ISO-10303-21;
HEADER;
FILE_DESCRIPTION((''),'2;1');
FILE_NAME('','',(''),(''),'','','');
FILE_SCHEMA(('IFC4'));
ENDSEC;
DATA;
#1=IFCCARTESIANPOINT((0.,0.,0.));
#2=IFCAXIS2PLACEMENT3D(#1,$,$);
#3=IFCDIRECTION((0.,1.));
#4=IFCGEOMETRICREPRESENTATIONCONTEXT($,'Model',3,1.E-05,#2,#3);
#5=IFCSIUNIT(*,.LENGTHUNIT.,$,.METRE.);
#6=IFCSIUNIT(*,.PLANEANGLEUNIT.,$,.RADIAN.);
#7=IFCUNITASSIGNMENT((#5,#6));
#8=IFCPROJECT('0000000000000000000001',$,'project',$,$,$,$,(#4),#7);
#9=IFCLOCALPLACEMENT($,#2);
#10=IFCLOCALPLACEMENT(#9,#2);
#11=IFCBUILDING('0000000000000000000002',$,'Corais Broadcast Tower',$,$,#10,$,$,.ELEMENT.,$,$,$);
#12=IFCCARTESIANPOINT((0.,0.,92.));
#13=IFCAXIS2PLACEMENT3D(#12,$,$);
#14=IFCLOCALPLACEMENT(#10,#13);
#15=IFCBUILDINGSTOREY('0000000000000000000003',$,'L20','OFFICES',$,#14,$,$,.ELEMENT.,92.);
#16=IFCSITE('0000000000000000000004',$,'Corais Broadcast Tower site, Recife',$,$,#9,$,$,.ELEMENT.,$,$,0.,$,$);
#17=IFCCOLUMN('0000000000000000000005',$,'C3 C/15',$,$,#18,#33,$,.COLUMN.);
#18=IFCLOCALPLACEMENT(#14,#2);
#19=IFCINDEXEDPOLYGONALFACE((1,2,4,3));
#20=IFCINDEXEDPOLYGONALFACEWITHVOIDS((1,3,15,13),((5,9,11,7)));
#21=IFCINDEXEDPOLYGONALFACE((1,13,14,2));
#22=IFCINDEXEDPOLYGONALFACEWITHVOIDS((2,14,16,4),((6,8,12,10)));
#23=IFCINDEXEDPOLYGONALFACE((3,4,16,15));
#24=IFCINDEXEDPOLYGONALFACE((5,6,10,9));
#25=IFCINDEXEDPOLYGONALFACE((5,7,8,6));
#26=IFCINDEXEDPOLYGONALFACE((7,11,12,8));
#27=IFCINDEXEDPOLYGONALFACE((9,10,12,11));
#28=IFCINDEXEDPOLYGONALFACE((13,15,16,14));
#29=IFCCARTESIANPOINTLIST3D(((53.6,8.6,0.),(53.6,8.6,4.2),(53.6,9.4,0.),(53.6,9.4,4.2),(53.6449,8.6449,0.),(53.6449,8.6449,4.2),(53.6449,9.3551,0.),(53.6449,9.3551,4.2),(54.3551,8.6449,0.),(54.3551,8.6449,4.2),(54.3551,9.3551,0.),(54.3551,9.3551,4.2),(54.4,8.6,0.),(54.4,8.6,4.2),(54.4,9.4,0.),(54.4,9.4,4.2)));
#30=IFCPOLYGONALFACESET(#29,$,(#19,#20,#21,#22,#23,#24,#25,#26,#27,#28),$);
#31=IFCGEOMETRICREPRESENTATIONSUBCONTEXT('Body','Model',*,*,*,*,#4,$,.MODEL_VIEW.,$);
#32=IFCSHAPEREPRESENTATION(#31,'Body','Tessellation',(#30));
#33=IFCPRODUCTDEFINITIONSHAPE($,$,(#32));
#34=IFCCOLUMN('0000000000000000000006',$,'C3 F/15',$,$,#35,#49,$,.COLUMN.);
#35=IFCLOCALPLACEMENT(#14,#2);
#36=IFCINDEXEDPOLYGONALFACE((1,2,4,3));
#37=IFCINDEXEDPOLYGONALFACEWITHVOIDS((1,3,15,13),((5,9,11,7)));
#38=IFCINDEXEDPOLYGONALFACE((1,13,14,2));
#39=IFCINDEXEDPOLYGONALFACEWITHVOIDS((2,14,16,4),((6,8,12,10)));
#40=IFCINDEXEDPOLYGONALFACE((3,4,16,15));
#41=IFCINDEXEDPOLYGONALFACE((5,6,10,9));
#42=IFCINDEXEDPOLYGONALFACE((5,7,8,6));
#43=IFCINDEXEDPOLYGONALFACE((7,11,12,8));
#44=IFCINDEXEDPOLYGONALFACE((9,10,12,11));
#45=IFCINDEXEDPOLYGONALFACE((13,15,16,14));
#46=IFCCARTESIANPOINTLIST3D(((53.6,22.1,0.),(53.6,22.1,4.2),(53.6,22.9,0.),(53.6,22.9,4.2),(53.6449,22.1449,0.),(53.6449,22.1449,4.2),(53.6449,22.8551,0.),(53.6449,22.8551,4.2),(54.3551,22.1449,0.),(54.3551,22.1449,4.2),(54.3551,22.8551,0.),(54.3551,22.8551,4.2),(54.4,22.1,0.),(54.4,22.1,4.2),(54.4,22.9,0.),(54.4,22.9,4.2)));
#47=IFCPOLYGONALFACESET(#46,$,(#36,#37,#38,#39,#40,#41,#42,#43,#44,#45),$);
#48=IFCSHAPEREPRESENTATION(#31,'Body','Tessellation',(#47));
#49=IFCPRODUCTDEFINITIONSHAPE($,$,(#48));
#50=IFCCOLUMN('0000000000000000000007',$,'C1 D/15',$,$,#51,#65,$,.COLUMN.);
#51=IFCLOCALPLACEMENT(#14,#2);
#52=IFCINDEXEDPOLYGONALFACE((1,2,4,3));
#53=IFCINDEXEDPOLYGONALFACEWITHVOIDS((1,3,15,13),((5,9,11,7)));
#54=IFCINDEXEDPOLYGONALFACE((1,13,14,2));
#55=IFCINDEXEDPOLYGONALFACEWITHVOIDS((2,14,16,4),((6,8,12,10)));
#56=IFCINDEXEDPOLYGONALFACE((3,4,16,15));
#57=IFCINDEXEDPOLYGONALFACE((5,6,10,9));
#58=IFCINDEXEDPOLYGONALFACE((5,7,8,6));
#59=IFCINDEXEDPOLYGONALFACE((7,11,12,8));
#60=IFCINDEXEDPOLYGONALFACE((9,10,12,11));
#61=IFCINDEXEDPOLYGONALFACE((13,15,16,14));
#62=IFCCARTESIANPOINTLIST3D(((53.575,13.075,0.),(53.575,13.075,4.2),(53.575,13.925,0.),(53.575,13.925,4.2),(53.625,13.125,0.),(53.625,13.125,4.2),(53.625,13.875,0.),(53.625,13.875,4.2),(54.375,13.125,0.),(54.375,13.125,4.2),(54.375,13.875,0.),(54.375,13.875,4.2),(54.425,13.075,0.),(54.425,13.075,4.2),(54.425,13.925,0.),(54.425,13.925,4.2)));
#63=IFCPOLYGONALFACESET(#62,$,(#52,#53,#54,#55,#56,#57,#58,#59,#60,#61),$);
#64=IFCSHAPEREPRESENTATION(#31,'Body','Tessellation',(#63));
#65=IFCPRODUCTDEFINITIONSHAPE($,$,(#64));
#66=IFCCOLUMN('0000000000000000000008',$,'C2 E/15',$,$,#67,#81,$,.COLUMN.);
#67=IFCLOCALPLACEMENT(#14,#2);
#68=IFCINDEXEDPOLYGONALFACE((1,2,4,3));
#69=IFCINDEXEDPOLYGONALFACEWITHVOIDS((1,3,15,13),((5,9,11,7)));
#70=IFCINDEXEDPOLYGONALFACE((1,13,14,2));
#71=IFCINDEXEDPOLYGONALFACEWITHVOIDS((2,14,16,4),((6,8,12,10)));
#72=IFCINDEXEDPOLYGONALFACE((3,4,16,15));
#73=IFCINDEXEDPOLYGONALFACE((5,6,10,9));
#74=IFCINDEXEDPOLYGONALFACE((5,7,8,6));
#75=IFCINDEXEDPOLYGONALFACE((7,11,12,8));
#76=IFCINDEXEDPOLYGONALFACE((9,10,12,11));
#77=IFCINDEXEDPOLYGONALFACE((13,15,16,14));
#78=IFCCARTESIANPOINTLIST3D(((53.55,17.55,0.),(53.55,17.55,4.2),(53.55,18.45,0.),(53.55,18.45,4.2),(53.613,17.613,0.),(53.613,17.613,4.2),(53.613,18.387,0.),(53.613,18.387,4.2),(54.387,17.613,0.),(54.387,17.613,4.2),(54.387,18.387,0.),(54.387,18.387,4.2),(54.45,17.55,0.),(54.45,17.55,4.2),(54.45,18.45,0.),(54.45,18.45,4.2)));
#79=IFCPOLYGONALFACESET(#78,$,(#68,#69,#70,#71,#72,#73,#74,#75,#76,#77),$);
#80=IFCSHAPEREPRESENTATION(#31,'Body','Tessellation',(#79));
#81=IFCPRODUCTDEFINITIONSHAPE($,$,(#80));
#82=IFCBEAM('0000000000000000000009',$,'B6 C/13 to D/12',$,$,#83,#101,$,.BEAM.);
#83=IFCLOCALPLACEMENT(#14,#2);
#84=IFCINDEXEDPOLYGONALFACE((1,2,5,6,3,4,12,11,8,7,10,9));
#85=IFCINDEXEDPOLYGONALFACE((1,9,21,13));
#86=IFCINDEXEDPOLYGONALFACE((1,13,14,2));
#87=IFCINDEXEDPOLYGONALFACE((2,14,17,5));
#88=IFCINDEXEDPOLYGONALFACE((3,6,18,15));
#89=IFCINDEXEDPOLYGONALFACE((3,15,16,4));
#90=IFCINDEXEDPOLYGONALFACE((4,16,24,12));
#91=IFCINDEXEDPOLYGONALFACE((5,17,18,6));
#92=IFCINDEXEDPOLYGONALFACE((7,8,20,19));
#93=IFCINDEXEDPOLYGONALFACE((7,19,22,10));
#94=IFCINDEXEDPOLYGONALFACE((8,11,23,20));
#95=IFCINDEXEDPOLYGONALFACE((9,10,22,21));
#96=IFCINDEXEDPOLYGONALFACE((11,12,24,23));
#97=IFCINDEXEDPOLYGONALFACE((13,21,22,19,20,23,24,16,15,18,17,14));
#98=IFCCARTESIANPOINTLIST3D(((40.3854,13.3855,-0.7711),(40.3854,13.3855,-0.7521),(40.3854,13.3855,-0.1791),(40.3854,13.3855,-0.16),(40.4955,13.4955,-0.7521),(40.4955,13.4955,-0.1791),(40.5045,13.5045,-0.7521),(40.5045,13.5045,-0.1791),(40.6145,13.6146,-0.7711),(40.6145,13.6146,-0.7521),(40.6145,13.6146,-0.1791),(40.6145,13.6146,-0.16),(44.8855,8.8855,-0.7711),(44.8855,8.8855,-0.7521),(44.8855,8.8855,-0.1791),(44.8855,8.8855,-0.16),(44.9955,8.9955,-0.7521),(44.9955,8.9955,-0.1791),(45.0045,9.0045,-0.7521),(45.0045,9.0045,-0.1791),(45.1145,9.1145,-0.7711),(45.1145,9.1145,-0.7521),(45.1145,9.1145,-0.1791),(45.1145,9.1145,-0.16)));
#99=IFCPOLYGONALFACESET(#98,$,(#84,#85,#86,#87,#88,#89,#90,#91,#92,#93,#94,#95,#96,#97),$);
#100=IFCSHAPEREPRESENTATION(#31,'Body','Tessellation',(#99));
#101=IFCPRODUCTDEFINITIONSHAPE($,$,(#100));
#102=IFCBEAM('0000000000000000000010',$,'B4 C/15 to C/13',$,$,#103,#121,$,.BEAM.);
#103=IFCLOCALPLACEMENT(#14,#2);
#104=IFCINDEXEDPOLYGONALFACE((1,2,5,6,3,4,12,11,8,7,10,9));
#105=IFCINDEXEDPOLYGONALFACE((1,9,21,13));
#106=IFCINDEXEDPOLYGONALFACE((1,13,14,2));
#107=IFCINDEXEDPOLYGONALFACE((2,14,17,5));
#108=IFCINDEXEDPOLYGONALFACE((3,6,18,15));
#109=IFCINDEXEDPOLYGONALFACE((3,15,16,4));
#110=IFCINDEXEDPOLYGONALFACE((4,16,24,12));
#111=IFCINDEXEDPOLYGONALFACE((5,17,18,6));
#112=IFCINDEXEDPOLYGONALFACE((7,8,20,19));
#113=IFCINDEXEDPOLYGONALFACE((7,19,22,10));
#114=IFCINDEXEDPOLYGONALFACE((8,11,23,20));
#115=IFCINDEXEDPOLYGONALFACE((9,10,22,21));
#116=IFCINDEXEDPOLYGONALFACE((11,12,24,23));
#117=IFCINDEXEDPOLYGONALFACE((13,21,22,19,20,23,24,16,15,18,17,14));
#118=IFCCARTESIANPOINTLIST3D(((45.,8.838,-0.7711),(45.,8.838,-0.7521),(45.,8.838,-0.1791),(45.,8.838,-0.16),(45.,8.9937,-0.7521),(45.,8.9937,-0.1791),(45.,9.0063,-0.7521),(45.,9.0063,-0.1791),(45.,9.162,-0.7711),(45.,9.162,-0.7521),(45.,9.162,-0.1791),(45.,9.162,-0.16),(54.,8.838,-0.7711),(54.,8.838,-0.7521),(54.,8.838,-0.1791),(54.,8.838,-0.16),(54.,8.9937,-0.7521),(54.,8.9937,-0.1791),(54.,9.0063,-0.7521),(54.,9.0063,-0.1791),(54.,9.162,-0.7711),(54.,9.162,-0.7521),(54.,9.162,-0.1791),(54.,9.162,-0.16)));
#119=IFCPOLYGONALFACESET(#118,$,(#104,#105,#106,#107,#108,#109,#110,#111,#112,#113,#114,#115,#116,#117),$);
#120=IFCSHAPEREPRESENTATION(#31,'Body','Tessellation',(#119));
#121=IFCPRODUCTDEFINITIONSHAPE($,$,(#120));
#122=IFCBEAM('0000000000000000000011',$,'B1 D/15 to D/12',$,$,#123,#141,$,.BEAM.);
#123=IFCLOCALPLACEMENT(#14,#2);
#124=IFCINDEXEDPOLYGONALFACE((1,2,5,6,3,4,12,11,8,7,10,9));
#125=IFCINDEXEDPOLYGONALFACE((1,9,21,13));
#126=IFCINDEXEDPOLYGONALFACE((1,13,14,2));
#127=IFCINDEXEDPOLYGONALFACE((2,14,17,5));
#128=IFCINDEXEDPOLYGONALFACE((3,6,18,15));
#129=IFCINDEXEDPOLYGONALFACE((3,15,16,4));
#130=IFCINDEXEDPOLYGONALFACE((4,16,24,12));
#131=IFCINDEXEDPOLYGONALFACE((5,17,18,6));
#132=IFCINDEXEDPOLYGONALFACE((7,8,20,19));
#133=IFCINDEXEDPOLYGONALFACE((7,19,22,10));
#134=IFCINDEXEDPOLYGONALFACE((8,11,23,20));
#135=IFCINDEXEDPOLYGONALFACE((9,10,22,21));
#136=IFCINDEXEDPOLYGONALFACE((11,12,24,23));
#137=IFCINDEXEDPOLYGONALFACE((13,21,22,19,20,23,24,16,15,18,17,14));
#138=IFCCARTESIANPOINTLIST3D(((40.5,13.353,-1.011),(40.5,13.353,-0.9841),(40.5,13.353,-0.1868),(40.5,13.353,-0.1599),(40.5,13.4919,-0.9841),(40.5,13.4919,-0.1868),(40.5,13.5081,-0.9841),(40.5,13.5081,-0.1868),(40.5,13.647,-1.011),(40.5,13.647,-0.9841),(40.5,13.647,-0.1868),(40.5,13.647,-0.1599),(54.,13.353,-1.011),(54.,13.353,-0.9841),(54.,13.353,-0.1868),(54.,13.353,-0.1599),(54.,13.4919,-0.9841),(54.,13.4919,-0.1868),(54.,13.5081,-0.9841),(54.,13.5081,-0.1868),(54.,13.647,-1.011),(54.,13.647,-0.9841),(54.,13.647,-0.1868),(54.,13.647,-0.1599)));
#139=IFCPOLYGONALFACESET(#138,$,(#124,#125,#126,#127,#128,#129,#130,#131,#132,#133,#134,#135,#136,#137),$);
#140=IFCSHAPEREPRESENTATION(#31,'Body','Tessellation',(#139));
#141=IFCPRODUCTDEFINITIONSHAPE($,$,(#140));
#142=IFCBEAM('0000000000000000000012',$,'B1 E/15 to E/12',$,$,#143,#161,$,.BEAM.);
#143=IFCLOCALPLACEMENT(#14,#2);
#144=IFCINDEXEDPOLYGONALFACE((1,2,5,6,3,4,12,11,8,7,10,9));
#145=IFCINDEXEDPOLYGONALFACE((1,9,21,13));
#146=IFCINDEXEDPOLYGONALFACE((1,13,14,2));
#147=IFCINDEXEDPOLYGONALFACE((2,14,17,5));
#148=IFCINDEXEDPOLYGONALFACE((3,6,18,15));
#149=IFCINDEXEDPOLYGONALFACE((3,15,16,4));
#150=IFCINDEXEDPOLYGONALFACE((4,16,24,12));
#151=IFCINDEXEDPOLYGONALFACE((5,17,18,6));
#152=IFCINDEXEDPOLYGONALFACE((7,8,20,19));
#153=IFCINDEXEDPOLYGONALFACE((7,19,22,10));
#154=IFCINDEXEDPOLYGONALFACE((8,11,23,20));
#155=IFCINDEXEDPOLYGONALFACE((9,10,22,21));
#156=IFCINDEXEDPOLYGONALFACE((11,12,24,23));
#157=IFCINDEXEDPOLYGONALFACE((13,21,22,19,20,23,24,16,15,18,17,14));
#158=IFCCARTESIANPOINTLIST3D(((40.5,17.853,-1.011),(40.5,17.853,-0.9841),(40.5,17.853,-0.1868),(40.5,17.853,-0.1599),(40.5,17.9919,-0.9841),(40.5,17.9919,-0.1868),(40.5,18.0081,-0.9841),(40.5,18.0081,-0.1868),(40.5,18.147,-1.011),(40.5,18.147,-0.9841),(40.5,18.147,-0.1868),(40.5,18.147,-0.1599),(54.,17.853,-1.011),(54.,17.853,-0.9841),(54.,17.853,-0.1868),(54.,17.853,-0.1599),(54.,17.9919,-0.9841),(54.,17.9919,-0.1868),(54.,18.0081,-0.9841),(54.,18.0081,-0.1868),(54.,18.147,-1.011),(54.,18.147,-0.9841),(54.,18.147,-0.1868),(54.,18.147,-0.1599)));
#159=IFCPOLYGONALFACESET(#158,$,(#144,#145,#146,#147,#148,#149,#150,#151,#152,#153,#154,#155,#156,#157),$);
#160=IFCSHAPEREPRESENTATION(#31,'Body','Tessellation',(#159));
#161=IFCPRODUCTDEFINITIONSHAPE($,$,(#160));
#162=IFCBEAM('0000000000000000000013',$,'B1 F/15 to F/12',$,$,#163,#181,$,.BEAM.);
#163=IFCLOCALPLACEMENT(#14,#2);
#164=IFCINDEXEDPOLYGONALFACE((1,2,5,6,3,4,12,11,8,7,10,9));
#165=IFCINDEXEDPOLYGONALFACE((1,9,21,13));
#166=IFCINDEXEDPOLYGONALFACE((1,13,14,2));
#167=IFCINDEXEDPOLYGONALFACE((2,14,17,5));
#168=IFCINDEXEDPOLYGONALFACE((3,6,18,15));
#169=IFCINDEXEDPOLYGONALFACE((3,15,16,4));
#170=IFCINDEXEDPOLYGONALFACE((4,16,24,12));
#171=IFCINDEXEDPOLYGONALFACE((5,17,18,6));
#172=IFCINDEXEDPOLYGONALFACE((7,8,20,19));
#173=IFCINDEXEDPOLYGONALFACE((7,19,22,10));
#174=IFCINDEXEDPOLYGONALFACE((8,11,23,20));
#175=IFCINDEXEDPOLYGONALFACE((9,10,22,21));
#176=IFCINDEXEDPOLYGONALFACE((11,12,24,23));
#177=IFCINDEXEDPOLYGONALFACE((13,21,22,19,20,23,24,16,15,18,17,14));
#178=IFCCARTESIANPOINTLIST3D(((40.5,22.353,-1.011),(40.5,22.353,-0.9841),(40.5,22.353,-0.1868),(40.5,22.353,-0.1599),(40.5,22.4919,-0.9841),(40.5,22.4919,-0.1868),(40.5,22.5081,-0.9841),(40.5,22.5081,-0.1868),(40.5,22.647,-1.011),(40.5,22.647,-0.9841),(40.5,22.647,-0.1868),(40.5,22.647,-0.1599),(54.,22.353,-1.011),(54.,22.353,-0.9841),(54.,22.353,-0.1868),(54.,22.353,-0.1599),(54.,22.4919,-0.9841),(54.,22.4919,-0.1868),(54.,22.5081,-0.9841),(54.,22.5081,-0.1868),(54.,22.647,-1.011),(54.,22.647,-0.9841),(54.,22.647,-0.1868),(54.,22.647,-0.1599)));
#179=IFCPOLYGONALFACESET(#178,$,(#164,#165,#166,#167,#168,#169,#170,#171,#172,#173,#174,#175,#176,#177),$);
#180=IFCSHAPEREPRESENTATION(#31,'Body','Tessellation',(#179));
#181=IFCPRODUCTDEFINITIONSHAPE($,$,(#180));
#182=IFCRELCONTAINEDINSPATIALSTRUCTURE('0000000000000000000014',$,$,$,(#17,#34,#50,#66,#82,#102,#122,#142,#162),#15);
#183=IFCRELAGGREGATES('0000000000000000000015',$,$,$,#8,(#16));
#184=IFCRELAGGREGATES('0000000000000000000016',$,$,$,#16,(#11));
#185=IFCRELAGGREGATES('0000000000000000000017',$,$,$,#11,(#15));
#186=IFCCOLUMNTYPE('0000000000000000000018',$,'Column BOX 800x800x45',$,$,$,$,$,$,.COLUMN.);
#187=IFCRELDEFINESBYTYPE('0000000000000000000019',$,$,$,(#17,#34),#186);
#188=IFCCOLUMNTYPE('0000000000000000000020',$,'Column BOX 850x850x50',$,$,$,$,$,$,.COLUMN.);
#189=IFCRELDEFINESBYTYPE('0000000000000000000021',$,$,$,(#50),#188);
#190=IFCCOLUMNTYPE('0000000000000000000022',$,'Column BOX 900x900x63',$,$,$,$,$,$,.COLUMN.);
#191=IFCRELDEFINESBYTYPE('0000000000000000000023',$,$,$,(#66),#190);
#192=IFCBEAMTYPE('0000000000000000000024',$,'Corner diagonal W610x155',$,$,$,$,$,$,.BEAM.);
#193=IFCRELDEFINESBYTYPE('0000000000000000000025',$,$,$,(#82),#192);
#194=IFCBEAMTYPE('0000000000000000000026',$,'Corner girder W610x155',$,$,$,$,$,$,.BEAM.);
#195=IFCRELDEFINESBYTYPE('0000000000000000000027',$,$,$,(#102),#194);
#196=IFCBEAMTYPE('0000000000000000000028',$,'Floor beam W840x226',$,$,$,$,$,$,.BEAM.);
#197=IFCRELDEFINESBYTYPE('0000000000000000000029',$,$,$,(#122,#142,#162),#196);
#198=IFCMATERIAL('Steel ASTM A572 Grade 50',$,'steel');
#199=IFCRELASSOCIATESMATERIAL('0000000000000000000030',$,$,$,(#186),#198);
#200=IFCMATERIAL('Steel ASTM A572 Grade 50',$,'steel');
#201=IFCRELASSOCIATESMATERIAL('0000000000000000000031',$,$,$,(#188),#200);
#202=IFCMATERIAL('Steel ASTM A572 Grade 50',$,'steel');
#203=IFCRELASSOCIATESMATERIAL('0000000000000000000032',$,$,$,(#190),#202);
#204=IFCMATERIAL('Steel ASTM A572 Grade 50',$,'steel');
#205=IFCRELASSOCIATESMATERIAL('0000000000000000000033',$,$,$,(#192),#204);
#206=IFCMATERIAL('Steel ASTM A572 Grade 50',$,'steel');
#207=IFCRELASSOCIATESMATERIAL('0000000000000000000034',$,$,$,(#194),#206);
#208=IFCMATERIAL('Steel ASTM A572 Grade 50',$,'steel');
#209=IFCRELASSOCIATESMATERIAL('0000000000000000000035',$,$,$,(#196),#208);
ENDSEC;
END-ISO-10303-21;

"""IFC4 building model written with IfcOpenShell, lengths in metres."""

from ifc_helpers import new_model, si_unit, direction, frame, origin, origin_2d, place, context, subcontext, project, spatial, hollow_rectangle, i_section, extrude, material, material_profile, profile_set, type_object, element, save


model = new_model("IFC4")

# Units and contexts
model_context = context("Model", 3, precision=1e-05, world=origin(), true_north=direction((0.0, 1.0)))
body_context = subcontext(model_context, "Body", "Model", "MODEL_VIEW")
ifc_project = project(units=[si_unit("LENGTHUNIT", "METRE"), si_unit("PLANEANGLEUNIT", "RADIAN")], contexts=[model_context])

# Site, building, storey
site_placement = place(None, origin())
site = spatial("IfcSite", under=ifc_project, at=site_placement, Name="Corais Broadcast Tower site, Recife", CompositionType="ELEMENT", RefElevation=0.0)
building_placement = place(site_placement, origin())
building = spatial("IfcBuilding", under=site, at=building_placement, Name="Corais Broadcast Tower", CompositionType="ELEMENT")
storey_placement = place(building_placement, frame((0.0, 0.0, 92.0)))
storey = spatial("IfcBuildingStorey", under=building, at=storey_placement, Name="L20", Description="OFFICES", CompositionType="ELEMENT", Elevation=92.0)

# Columns
ifc_material_1 = material(Name="Steel ASTM A572 Grade 50", Category="steel")
ifc_material_profile_1 = material_profile(ifc_material_1, hollow_rectangle(XDim=0.8, YDim=0.8, WallThickness=0.0449, at=origin_2d()), Name="BOX 800x800x45")
ifc_profile_set_1 = profile_set([ifc_material_profile_1], Name="Steel ASTM A572 Grade 50")
column_type_1 = type_object("IfcColumnType", Name="Column BOX 800x800x45", PredefinedType="COLUMN", material=ifc_profile_set_1)
for number, where, z_axis, x_axis, name in (
    (1, (54.0, 9.0, 0.0), (0.0, 0.0, 1.0), (1.0, 0.0, 0.0), "C3 C/15"),
    (2, (54.0, 22.5, 0.0), (0.0, 0.0, 1.0), (1.0, 0.0, 0.0), "C3 F/15"),
):
    element("IfcColumn", number, at=place(storey_placement, frame(where, z_axis=z_axis, x_axis=x_axis)), inside=storey, type_object=column_type_1, Name=name, PredefinedType="COLUMN", context=body_context, shape_type="SweptSolid", body=[
        extrude(hollow_rectangle(XDim=0.8, YDim=0.8, WallThickness=0.0449, at=origin_2d()), origin(), (0.0, 0.0, 1.0), 4.2),
    ])
ifc_material_2 = material(Name="Steel ASTM A572 Grade 50", Category="steel")
ifc_material_profile_2 = material_profile(ifc_material_2, hollow_rectangle(XDim=0.8501, YDim=0.8501, WallThickness=0.05, at=origin_2d()), Name="BOX 850x850x50")
ifc_profile_set_2 = profile_set([ifc_material_profile_2], Name="Steel ASTM A572 Grade 50")
column_type_2 = type_object("IfcColumnType", Name="Column BOX 850x850x50", PredefinedType="COLUMN", material=ifc_profile_set_2)
column_1_placement = place(storey_placement, frame((54.0, 13.5, 0.0), z_axis=(0.0, 0.0, 1.0), x_axis=(1.0, 0.0, 0.0)))
element("IfcColumn", 3, at=column_1_placement, inside=storey, type_object=column_type_2, Name="C1 D/15", PredefinedType="COLUMN", context=body_context, shape_type="SweptSolid", body=[
    extrude(hollow_rectangle(XDim=0.8501, YDim=0.8501, WallThickness=0.05, at=origin_2d()), origin(), (0.0, 0.0, 1.0), 4.2),
])
ifc_material_3 = material(Name="Steel ASTM A572 Grade 50", Category="steel")
ifc_material_profile_3 = material_profile(ifc_material_3, hollow_rectangle(XDim=0.8999, YDim=0.8999, WallThickness=0.063, at=origin_2d()), Name="BOX 900x900x63")
ifc_profile_set_3 = profile_set([ifc_material_profile_3], Name="Steel ASTM A572 Grade 50")
column_type_3 = type_object("IfcColumnType", Name="Column BOX 900x900x63", PredefinedType="COLUMN", material=ifc_profile_set_3)
column_2_placement = place(storey_placement, frame((54.0, 18.0, 0.0), z_axis=(0.0, 0.0, 1.0), x_axis=(1.0, 0.0, 0.0)))
element("IfcColumn", 4, at=column_2_placement, inside=storey, type_object=column_type_3, Name="C2 E/15", PredefinedType="COLUMN", context=body_context, shape_type="SweptSolid", body=[
    extrude(hollow_rectangle(XDim=0.8999, YDim=0.8999, WallThickness=0.063, at=origin_2d()), origin(), (0.0, 0.0, 1.0), 4.2),
])

# Beams
ifc_material_4 = material(Name="Steel ASTM A572 Grade 50", Category="steel")
ifc_material_profile_4 = material_profile(ifc_material_4, i_section(OverallWidth=0.324, OverallDepth=0.6111, WebThickness=0.0127, FlangeThickness=0.019, at=origin_2d()), Name="W610x155")
ifc_profile_set_4 = profile_set([ifc_material_profile_4], Name="Steel ASTM A572 Grade 50")
beam_type_1 = type_object("IfcBeamType", Name="Corner diagonal W610x155", PredefinedType="BEAM", material=ifc_profile_set_4)
beam_1_placement = place(storey_placement, frame((45.0, 9.0, -0.4656), z_axis=(-0.707107, 0.707107, 0.0), x_axis=(-0.707107, -0.707107, 0.0)))
element("IfcBeam", 5, at=beam_1_placement, inside=storey, type_object=beam_type_1, Name="B6 C/13 to D/12", PredefinedType="BEAM", context=body_context, shape_type="SweptSolid", body=[
    extrude(i_section(OverallWidth=0.324, OverallDepth=0.6111, WebThickness=0.0127, FlangeThickness=0.019, at=origin_2d()), origin(), (0.0, 0.0, 1.0), 6.364),
])
ifc_material_5 = material(Name="Steel ASTM A572 Grade 50", Category="steel")
ifc_material_profile_5 = material_profile(ifc_material_5, i_section(OverallWidth=0.324, OverallDepth=0.6111, WebThickness=0.0127, FlangeThickness=0.019, at=origin_2d()), Name="W610x155")
ifc_profile_set_5 = profile_set([ifc_material_profile_5], Name="Steel ASTM A572 Grade 50")
beam_type_2 = type_object("IfcBeamType", Name="Corner girder W610x155", PredefinedType="BEAM", material=ifc_profile_set_5)
beam_2_placement = place(storey_placement, frame((54.0, 9.0, -0.4656), z_axis=(-1.0, 0.0, 0.0), x_axis=(0.0, -1.0, 0.0)))
element("IfcBeam", 6, at=beam_2_placement, inside=storey, type_object=beam_type_2, Name="B4 C/15 to C/13", PredefinedType="BEAM", context=body_context, shape_type="SweptSolid", body=[
    extrude(i_section(OverallWidth=0.324, OverallDepth=0.6111, WebThickness=0.0127, FlangeThickness=0.019, at=origin_2d()), origin(), (0.0, 0.0, 1.0), 9.0),
])
ifc_material_6 = material(Name="Steel ASTM A572 Grade 50", Category="steel")
ifc_material_profile_6 = material_profile(ifc_material_6, i_section(OverallWidth=0.2939, OverallDepth=0.8511, WebThickness=0.0161, FlangeThickness=0.0269, at=origin_2d()), Name="W840x226")
ifc_profile_set_6 = profile_set([ifc_material_profile_6], Name="Steel ASTM A572 Grade 50")
beam_type_3 = type_object("IfcBeamType", Name="Floor beam W840x226", PredefinedType="BEAM", material=ifc_profile_set_6)
for number, where, z_axis, x_axis, name in (
    (7, (54.0, 13.5, -0.5854), (-1.0, 0.0, 0.0), (0.0, -1.0, 0.0), "B1 D/15 to D/12"),
    (8, (54.0, 18.0, -0.5854), (-1.0, 0.0, 0.0), (0.0, -1.0, 0.0), "B1 E/15 to E/12"),
    (9, (54.0, 22.5, -0.5854), (-1.0, 0.0, 0.0), (0.0, -1.0, 0.0), "B1 F/15 to F/12"),
):
    element("IfcBeam", number, at=place(storey_placement, frame(where, z_axis=z_axis, x_axis=x_axis)), inside=storey, type_object=beam_type_3, Name=name, PredefinedType="BEAM", context=body_context, shape_type="SweptSolid", body=[
        extrude(i_section(OverallWidth=0.2939, OverallDepth=0.8511, WebThickness=0.0161, FlangeThickness=0.0269, at=origin_2d()), origin(), (0.0, 0.0, 1.0), 13.5),
    ])

save(model, "model.ifc")
